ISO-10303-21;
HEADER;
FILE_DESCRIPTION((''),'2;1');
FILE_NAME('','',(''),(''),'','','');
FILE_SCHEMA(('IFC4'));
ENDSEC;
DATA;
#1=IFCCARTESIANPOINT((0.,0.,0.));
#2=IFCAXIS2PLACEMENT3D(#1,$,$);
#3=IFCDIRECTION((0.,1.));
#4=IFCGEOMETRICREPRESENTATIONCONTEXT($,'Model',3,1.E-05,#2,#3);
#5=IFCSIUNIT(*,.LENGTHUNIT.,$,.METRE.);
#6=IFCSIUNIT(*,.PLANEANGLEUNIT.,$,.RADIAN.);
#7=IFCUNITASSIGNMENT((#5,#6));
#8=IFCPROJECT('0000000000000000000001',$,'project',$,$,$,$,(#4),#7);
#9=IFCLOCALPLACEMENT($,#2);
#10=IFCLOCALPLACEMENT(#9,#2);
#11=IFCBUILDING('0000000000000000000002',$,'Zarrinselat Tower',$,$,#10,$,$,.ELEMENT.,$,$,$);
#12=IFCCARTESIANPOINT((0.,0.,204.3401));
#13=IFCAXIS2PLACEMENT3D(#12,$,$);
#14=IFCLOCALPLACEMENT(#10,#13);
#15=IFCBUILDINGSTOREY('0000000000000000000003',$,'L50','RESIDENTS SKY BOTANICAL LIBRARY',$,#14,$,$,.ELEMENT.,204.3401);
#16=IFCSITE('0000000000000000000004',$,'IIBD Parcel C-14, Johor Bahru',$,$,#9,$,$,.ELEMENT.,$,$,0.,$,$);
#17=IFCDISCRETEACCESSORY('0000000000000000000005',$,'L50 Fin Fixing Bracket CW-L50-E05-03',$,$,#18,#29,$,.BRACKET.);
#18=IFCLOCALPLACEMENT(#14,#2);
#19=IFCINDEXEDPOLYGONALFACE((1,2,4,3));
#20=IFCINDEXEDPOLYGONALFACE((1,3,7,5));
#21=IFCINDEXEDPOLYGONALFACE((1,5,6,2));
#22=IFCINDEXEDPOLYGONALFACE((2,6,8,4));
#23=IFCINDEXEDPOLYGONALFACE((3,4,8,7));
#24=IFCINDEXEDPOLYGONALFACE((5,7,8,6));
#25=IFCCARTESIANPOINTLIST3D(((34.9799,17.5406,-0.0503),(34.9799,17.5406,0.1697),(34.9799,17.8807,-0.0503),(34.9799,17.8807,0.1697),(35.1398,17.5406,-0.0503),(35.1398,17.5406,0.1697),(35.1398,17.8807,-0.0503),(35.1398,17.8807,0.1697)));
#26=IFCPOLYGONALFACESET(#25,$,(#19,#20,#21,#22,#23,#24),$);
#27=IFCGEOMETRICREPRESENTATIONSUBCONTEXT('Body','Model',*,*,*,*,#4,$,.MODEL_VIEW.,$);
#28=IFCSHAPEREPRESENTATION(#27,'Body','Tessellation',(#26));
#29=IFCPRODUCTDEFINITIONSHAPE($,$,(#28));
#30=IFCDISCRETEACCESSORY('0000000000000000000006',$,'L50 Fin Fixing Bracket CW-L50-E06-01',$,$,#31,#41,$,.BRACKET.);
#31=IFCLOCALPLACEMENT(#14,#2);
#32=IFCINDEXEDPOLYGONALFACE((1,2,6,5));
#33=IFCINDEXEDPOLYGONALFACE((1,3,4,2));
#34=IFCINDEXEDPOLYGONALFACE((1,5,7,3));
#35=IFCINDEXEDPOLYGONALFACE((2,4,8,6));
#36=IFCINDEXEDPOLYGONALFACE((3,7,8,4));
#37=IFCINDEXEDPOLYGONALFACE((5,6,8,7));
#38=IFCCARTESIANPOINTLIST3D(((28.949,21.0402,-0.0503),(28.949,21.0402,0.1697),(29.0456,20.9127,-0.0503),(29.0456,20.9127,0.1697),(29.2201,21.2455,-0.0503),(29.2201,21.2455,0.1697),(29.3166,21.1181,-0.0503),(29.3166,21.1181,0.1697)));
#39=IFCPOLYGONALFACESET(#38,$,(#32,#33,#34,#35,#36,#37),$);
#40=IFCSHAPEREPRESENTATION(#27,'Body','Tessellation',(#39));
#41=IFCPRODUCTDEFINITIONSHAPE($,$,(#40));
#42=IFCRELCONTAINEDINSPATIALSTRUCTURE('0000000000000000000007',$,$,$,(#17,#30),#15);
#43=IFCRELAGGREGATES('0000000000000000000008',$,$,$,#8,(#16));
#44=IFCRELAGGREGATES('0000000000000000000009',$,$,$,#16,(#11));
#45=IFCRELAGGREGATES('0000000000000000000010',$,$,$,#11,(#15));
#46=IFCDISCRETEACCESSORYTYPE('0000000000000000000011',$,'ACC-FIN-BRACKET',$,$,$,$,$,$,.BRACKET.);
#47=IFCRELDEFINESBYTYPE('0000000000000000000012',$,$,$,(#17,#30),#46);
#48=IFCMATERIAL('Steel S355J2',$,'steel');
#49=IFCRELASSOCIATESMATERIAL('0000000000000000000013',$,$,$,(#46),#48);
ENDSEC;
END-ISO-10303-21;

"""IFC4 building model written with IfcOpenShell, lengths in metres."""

from ifc_helpers import new_model, si_unit, direction, frame, origin, origin_2d, place, context, subcontext, project, spatial, rectangle, extrude, material, type_object, element, save


model = new_model("IFC4")

# Units and contexts
model_context = context("Model", 3, precision=1e-05, world=origin(), true_north=direction((0.0, 1.0)))
body_context = subcontext(model_context, "Body", "Model", "MODEL_VIEW")
ifc_project = project(units=[si_unit("LENGTHUNIT", "METRE"), si_unit("PLANEANGLEUNIT", "RADIAN")], contexts=[model_context])

# Site, building, storey
site_placement = place(None, origin())
site = spatial("IfcSite", under=ifc_project, at=site_placement, Name="IIBD Parcel C-14, Johor Bahru", CompositionType="ELEMENT", RefElevation=0.0)
building_placement = place(site_placement, origin())
building = spatial("IfcBuilding", under=site, at=building_placement, Name="Zarrinselat Tower", CompositionType="ELEMENT")
storey_placement = place(building_placement, frame((0.0, 0.0, 204.3401)))
storey = spatial("IfcBuildingStorey", under=building, at=storey_placement, Name="L50", Description="RESIDENTS SKY BOTANICAL LIBRARY", CompositionType="ELEMENT", Elevation=204.3401)

# Discrete accessories
ifc_material_1 = material(Name="Steel S355J2", Category="steel")
discrete_accessory_type = type_object("IfcDiscreteAccessoryType", Name="ACC-FIN-BRACKET", PredefinedType="BRACKET", material=ifc_material_1)
for number, where, z_axis, x_axis, name in (
    (1, (35.0598, 17.7107, -0.0503), (0.0, 0.0, 1.0), (0.0, -1.0, 0.0), "L50 Fin Fixing Bracket CW-L50-E05-03"),
    (2, (29.1328, 21.0791, -0.0503), (0.0, 0.0, 1.0), (-0.797092, -0.603858, 0.0), "L50 Fin Fixing Bracket CW-L50-E06-01"),
):
    element("IfcDiscreteAccessory", number, at=place(storey_placement, frame(where, z_axis=z_axis, x_axis=x_axis)), inside=storey, type_object=discrete_accessory_type, Name=name, PredefinedType="BRACKET", context=body_context, shape_type="SweptSolid", body=[
        extrude(rectangle(XDim=0.3401, YDim=0.1599, at=origin_2d()), origin(), (0.0, 0.0, 1.0), 0.22),
    ])

save(model, "model.ifc")
